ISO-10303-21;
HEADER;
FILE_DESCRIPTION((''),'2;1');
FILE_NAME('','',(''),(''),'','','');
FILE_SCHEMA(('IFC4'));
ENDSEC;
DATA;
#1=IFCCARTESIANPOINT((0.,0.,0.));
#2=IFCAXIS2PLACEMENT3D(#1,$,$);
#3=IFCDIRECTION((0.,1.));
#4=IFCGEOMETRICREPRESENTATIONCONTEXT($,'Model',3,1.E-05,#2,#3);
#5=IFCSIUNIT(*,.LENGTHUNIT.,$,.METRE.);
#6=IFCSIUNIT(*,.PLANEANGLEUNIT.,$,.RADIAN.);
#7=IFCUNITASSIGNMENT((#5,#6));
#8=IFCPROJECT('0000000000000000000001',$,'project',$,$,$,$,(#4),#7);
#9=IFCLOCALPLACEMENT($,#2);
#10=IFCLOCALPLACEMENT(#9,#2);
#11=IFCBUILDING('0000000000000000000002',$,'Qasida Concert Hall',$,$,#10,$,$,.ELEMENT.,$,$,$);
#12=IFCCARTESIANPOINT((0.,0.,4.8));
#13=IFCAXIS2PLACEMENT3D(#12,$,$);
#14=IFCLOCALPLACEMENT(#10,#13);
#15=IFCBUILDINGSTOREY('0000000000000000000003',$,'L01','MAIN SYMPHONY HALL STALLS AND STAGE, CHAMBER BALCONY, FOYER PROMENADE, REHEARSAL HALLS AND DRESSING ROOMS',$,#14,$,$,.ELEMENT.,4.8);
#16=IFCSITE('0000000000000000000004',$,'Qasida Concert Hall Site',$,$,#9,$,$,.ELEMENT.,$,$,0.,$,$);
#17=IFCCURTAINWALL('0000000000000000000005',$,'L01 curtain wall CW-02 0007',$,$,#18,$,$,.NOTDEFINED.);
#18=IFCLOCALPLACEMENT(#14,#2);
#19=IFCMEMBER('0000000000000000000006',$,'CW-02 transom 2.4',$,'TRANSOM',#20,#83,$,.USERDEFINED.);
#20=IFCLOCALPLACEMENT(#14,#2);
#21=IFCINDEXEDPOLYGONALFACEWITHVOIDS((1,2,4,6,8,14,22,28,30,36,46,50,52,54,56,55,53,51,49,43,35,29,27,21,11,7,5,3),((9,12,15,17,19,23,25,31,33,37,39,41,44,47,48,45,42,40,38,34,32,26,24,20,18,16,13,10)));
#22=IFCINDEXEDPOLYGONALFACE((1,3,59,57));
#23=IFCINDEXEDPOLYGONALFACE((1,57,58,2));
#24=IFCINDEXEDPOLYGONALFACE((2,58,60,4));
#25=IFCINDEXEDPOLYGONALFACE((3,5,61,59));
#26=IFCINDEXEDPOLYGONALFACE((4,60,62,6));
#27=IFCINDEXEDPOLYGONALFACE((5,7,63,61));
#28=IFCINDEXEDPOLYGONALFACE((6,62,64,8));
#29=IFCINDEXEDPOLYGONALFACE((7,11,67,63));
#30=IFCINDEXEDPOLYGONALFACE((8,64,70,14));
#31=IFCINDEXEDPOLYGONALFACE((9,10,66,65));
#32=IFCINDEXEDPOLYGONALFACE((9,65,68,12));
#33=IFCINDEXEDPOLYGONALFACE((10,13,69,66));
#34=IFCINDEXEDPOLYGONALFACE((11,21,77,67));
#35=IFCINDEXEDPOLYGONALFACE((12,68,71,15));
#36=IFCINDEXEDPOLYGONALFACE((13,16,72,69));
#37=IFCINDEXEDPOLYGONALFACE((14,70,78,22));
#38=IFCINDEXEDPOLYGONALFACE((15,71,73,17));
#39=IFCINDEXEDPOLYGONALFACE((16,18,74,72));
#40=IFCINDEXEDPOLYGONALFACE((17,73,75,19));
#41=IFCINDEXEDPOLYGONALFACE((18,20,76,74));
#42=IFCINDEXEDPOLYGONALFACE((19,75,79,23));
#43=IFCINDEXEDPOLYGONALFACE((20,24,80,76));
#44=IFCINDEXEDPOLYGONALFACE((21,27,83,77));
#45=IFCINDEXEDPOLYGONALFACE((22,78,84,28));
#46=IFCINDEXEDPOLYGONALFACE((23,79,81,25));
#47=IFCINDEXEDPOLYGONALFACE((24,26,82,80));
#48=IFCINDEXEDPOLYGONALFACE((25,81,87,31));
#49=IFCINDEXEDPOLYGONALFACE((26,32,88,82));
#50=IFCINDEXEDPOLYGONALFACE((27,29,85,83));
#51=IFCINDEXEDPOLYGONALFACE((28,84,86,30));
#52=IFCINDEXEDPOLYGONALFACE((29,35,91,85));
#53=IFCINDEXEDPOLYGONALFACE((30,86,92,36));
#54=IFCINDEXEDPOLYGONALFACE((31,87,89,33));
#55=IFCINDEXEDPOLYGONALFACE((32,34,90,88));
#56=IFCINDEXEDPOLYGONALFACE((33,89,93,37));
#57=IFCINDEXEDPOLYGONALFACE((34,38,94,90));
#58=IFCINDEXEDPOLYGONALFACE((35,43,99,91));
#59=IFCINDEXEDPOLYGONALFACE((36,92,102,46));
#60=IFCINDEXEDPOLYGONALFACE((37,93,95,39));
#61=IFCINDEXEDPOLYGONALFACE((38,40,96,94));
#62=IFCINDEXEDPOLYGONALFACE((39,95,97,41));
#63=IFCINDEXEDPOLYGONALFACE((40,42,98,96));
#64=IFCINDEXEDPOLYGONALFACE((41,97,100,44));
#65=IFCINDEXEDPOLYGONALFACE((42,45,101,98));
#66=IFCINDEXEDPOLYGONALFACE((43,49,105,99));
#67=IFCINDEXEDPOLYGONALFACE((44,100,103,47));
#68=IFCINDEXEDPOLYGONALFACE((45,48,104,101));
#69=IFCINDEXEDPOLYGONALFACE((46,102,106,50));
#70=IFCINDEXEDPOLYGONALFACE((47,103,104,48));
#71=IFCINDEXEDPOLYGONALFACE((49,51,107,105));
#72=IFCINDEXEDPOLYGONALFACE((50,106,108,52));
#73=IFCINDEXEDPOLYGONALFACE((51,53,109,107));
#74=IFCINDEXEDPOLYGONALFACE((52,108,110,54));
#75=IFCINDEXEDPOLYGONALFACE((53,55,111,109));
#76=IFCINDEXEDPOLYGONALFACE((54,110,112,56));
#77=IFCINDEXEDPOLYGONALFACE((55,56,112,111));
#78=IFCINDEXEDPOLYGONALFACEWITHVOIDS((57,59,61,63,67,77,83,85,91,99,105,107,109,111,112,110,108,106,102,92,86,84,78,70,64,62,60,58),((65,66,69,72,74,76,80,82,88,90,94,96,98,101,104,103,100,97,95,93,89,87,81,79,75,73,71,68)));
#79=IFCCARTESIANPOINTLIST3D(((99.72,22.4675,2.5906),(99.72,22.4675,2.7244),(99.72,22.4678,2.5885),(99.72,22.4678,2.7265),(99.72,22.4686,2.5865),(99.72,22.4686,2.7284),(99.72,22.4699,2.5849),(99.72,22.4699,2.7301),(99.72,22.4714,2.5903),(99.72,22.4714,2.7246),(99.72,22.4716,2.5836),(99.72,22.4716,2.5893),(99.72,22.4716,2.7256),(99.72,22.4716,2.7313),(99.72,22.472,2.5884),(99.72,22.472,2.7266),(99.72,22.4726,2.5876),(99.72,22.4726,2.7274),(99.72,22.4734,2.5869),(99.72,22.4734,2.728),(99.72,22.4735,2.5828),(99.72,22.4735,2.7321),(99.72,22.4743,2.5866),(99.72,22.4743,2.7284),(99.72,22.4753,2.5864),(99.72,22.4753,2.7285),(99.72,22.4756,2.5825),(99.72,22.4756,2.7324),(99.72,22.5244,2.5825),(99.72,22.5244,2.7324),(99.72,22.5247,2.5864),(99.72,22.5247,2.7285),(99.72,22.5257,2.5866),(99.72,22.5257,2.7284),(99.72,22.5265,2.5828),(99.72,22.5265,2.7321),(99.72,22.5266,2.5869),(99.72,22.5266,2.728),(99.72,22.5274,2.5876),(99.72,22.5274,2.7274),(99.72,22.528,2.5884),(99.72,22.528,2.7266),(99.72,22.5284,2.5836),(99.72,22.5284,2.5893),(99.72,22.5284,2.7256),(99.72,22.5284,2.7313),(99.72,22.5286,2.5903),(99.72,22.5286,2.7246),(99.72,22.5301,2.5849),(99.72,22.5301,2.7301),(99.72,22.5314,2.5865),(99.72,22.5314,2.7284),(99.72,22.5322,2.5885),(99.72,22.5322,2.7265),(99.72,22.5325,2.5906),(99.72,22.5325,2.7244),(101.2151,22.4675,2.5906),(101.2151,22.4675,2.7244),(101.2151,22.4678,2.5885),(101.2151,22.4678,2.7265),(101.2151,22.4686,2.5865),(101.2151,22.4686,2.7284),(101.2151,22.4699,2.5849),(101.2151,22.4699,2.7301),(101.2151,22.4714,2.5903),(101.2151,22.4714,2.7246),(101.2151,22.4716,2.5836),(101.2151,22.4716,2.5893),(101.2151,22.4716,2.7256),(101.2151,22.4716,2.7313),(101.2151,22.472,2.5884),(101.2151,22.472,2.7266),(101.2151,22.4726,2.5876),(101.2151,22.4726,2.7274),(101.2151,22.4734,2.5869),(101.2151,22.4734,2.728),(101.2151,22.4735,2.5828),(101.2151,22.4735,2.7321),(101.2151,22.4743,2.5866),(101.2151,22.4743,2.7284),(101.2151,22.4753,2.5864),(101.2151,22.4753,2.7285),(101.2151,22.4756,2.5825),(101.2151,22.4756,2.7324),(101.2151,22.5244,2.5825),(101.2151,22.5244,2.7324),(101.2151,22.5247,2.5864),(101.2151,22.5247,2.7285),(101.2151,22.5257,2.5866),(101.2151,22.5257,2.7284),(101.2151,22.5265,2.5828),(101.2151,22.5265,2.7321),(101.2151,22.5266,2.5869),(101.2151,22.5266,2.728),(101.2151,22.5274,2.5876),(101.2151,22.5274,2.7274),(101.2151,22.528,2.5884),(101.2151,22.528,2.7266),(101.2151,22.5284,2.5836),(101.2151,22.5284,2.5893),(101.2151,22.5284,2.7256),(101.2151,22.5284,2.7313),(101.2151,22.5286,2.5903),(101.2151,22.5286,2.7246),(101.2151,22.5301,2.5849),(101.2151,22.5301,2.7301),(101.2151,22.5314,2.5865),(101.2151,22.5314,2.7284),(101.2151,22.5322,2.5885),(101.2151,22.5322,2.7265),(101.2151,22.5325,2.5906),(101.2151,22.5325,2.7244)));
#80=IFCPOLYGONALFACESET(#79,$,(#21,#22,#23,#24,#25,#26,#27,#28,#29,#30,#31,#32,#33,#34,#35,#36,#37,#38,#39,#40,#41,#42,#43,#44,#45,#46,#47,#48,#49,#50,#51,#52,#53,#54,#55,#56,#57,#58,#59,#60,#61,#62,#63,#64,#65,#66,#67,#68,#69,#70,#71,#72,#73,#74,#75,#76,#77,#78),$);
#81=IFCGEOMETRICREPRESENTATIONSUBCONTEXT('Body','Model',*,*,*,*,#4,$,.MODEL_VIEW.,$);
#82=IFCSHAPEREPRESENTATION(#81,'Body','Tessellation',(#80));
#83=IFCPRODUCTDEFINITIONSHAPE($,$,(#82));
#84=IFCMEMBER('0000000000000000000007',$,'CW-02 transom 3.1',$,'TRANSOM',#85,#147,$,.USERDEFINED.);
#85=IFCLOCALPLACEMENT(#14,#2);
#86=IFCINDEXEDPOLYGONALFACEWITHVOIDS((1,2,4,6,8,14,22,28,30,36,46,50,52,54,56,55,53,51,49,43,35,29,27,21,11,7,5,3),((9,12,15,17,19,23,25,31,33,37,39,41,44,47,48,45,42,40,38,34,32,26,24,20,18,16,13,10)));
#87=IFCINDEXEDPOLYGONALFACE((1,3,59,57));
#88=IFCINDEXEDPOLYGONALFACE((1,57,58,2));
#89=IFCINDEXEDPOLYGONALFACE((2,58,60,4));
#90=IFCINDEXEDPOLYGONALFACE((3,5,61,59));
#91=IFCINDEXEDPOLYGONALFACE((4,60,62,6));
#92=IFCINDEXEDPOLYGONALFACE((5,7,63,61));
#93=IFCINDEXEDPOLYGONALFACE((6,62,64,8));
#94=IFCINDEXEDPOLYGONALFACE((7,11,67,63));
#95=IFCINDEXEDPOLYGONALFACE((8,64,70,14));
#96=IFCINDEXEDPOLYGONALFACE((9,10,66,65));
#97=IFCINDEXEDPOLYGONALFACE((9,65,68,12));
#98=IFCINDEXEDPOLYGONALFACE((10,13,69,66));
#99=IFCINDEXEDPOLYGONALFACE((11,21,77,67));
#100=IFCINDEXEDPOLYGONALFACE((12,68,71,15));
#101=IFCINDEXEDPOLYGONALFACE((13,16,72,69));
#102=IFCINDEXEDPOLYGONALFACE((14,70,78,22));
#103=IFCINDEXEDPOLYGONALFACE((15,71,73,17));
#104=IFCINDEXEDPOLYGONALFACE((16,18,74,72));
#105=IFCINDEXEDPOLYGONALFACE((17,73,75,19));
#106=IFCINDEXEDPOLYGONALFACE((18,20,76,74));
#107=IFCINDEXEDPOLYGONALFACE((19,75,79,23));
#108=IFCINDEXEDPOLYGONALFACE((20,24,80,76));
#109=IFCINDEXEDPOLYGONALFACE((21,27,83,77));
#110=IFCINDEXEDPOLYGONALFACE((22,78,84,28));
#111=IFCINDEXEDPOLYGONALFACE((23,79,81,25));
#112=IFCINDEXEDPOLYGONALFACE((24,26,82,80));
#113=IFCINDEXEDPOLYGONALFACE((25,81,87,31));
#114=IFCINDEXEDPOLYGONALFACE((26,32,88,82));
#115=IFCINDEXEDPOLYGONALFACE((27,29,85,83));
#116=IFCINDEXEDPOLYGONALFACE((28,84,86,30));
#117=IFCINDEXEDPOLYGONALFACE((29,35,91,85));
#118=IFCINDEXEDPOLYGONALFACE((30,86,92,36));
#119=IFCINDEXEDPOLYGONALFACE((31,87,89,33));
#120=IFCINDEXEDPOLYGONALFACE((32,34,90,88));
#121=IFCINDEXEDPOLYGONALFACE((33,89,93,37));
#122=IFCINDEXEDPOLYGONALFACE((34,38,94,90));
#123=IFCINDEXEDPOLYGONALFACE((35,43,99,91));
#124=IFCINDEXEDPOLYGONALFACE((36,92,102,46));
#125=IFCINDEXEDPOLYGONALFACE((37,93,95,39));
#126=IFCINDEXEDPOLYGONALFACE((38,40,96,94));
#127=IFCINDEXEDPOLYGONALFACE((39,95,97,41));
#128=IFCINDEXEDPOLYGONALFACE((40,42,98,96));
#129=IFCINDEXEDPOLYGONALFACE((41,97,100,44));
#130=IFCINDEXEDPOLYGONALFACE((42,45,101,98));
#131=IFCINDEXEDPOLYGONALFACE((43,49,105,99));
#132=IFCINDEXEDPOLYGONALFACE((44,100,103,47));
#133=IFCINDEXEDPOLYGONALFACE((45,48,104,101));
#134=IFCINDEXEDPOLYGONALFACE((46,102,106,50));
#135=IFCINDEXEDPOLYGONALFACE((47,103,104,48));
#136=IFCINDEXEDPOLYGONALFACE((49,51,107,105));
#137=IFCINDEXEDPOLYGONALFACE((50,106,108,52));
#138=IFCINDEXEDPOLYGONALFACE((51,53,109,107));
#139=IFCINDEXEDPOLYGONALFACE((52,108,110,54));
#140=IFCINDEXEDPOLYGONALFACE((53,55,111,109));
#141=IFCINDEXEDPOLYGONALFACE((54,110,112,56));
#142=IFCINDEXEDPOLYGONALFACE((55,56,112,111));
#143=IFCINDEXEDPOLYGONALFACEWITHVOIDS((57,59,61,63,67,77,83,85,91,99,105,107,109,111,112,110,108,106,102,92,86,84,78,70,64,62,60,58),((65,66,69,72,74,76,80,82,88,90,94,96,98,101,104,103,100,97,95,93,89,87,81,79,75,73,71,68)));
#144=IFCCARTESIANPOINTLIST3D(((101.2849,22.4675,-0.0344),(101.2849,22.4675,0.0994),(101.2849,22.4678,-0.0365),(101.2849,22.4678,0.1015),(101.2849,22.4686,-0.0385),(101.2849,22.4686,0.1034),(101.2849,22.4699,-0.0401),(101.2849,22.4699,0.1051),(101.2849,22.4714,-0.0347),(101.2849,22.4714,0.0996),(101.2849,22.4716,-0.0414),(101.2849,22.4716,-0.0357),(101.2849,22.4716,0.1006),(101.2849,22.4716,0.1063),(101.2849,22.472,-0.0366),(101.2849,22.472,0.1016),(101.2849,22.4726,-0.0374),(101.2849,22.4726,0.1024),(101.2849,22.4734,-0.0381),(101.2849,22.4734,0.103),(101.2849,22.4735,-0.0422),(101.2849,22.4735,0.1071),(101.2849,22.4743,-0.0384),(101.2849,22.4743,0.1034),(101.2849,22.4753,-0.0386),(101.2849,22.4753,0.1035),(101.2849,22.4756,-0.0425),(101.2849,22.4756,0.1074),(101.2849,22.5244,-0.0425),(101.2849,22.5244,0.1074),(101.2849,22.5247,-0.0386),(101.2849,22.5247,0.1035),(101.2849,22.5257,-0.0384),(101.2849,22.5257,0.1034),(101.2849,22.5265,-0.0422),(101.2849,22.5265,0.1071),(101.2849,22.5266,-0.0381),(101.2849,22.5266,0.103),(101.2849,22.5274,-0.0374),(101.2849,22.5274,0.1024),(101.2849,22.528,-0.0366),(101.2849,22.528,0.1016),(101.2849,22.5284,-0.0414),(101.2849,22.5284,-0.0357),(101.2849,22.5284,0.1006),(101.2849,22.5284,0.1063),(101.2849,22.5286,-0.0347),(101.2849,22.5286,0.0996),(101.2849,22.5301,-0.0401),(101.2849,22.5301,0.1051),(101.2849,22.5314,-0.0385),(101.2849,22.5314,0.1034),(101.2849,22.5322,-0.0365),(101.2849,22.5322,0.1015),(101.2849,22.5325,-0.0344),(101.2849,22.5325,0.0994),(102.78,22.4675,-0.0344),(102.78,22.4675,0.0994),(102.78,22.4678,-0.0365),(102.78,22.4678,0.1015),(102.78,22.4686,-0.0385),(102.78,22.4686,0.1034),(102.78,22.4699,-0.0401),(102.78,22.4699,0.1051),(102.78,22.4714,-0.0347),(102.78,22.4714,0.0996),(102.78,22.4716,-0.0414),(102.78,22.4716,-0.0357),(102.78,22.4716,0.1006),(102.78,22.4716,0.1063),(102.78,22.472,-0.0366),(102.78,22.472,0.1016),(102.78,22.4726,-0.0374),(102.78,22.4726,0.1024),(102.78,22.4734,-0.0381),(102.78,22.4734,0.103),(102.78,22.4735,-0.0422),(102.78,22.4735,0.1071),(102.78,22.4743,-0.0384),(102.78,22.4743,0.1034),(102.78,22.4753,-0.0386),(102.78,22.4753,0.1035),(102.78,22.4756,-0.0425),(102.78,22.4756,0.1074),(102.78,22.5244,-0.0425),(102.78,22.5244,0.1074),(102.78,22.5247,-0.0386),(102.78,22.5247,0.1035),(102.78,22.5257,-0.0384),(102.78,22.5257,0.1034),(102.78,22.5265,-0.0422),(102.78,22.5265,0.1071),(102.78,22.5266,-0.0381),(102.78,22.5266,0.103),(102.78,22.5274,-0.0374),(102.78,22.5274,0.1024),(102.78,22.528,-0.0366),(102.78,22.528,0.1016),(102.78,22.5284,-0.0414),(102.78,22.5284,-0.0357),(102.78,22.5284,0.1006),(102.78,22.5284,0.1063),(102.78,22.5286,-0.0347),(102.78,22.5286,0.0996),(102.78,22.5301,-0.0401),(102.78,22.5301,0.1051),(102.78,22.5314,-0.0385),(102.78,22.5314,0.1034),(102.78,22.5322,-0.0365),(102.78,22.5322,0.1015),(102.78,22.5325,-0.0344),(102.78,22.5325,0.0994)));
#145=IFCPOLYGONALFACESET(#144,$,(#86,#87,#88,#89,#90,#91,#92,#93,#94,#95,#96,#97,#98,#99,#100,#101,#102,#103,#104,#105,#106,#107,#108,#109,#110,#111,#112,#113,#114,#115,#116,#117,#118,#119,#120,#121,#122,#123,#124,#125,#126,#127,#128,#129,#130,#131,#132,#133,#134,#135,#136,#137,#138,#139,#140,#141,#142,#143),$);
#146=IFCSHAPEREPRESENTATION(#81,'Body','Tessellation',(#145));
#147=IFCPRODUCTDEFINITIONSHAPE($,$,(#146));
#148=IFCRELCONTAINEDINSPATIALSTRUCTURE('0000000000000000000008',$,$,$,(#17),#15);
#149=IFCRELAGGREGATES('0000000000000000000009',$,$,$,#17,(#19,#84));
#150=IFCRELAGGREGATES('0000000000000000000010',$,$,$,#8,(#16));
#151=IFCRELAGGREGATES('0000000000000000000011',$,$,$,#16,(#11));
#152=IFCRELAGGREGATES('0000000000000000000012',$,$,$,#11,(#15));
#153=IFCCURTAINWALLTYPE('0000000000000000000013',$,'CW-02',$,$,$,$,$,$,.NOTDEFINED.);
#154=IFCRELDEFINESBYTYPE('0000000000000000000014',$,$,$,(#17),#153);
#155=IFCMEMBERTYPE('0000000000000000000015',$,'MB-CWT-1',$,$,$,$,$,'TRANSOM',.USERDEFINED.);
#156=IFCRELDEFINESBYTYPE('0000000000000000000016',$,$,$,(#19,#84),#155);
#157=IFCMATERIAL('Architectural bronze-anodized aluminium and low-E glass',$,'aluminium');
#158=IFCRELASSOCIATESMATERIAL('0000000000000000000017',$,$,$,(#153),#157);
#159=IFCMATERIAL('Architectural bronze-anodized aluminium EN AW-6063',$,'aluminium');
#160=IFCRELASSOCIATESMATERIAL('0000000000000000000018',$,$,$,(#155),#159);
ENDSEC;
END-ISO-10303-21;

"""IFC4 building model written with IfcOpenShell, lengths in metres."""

from ifc_helpers import new_model, si_unit, direction, frame, origin, origin_2d, place, context, subcontext, project, spatial, hollow_rectangle, extrude, material, material_profile, profile_set, type_object, element, aggregate, save


model = new_model("IFC4")

# Units and contexts
model_context = context("Model", 3, precision=1e-05, world=origin(), true_north=direction((0.0, 1.0)))
body_context = subcontext(model_context, "Body", "Model", "MODEL_VIEW")
ifc_project = project(units=[si_unit("LENGTHUNIT", "METRE"), si_unit("PLANEANGLEUNIT", "RADIAN")], contexts=[model_context])

# Site, building, storey
site_placement = place(None, origin())
site = spatial("IfcSite", under=ifc_project, at=site_placement, Name="Qasida Concert Hall Site", CompositionType="ELEMENT", RefElevation=0.0)
building_placement = place(site_placement, origin())
building = spatial("IfcBuilding", under=site, at=building_placement, Name="Qasida Concert Hall", CompositionType="ELEMENT")
storey_placement = place(building_placement, frame((0.0, 0.0, 4.8)))
storey = spatial("IfcBuildingStorey", under=building, at=storey_placement, Name="L01", Description="MAIN SYMPHONY HALL STALLS AND STAGE, CHAMBER BALCONY, FOYER PROMENADE, REHEARSAL HALLS AND DRESSING ROOMS", CompositionType="ELEMENT", Elevation=4.8)

# Curtain wall, members
ifc_material_1 = material(Name="Architectural bronze-anodized aluminium and low-E glass", Category="aluminium")
curtain_wall_type = type_object("IfcCurtainWallType", Name="CW-02", PredefinedType="NOTDEFINED", material=ifc_material_1)
curtain_wall_placement = place(storey_placement, origin())
curtain_wall = element("IfcCurtainWall", 1, at=curtain_wall_placement, inside=storey, type_object=curtain_wall_type, Name="L01 curtain wall CW-02 0007", PredefinedType="NOTDEFINED")
ifc_material_2 = material(Name="Architectural bronze-anodized aluminium EN AW-6063", Category="aluminium")
ifc_material_profile_1 = material_profile(ifc_material_2, hollow_rectangle(XDim=0.0649, YDim=0.1499, WallThickness=0.0039, InnerFilletRadius=0.0039, OuterFilletRadius=0.0081, at=origin_2d()), Name="CWT 150x65x4")
ifc_profile_set_1 = profile_set([ifc_material_profile_1], Name="Architectural bronze-anodized aluminium EN AW-6063")
member_type_1 = type_object("IfcMemberType", Name="MB-CWT-1", ElementType="TRANSOM", PredefinedType="USERDEFINED", material=ifc_profile_set_1)
member_1_placement = place(storey_placement, frame((99.72, 22.5, 2.6575), z_axis=(1.0, 0.0, 0.0), x_axis=(0.0, 1.0, 0.0)))
member_1 = element("IfcMember", 2, at=member_1_placement, type_object=member_type_1, Name="CW-02 transom 2.4", ObjectType="TRANSOM", PredefinedType="USERDEFINED", context=body_context, shape_type="SweptSolid", body=[
    extrude(hollow_rectangle(XDim=0.0649, YDim=0.1499, WallThickness=0.0039, InnerFilletRadius=0.0039, OuterFilletRadius=0.0081, at=origin_2d()), origin(), (0.0, 0.0, 1.0), 1.4951),
])
member_2_placement = place(storey_placement, frame((101.2849, 22.5, 0.0325), z_axis=(1.0, 0.0, 0.0), x_axis=(0.0, 1.0, 0.0)))
member_2 = element("IfcMember", 3, at=member_2_placement, type_object=member_type_1, Name="CW-02 transom 3.1", ObjectType="TRANSOM", PredefinedType="USERDEFINED", context=body_context, shape_type="SweptSolid", body=[
    extrude(hollow_rectangle(XDim=0.0649, YDim=0.1499, WallThickness=0.0039, InnerFilletRadius=0.0039, OuterFilletRadius=0.0081, at=origin_2d()), origin(), (0.0, 0.0, 1.0), 1.4951),
])

aggregate(curtain_wall, [member_1, member_2])

save(model, "model.ifc")
